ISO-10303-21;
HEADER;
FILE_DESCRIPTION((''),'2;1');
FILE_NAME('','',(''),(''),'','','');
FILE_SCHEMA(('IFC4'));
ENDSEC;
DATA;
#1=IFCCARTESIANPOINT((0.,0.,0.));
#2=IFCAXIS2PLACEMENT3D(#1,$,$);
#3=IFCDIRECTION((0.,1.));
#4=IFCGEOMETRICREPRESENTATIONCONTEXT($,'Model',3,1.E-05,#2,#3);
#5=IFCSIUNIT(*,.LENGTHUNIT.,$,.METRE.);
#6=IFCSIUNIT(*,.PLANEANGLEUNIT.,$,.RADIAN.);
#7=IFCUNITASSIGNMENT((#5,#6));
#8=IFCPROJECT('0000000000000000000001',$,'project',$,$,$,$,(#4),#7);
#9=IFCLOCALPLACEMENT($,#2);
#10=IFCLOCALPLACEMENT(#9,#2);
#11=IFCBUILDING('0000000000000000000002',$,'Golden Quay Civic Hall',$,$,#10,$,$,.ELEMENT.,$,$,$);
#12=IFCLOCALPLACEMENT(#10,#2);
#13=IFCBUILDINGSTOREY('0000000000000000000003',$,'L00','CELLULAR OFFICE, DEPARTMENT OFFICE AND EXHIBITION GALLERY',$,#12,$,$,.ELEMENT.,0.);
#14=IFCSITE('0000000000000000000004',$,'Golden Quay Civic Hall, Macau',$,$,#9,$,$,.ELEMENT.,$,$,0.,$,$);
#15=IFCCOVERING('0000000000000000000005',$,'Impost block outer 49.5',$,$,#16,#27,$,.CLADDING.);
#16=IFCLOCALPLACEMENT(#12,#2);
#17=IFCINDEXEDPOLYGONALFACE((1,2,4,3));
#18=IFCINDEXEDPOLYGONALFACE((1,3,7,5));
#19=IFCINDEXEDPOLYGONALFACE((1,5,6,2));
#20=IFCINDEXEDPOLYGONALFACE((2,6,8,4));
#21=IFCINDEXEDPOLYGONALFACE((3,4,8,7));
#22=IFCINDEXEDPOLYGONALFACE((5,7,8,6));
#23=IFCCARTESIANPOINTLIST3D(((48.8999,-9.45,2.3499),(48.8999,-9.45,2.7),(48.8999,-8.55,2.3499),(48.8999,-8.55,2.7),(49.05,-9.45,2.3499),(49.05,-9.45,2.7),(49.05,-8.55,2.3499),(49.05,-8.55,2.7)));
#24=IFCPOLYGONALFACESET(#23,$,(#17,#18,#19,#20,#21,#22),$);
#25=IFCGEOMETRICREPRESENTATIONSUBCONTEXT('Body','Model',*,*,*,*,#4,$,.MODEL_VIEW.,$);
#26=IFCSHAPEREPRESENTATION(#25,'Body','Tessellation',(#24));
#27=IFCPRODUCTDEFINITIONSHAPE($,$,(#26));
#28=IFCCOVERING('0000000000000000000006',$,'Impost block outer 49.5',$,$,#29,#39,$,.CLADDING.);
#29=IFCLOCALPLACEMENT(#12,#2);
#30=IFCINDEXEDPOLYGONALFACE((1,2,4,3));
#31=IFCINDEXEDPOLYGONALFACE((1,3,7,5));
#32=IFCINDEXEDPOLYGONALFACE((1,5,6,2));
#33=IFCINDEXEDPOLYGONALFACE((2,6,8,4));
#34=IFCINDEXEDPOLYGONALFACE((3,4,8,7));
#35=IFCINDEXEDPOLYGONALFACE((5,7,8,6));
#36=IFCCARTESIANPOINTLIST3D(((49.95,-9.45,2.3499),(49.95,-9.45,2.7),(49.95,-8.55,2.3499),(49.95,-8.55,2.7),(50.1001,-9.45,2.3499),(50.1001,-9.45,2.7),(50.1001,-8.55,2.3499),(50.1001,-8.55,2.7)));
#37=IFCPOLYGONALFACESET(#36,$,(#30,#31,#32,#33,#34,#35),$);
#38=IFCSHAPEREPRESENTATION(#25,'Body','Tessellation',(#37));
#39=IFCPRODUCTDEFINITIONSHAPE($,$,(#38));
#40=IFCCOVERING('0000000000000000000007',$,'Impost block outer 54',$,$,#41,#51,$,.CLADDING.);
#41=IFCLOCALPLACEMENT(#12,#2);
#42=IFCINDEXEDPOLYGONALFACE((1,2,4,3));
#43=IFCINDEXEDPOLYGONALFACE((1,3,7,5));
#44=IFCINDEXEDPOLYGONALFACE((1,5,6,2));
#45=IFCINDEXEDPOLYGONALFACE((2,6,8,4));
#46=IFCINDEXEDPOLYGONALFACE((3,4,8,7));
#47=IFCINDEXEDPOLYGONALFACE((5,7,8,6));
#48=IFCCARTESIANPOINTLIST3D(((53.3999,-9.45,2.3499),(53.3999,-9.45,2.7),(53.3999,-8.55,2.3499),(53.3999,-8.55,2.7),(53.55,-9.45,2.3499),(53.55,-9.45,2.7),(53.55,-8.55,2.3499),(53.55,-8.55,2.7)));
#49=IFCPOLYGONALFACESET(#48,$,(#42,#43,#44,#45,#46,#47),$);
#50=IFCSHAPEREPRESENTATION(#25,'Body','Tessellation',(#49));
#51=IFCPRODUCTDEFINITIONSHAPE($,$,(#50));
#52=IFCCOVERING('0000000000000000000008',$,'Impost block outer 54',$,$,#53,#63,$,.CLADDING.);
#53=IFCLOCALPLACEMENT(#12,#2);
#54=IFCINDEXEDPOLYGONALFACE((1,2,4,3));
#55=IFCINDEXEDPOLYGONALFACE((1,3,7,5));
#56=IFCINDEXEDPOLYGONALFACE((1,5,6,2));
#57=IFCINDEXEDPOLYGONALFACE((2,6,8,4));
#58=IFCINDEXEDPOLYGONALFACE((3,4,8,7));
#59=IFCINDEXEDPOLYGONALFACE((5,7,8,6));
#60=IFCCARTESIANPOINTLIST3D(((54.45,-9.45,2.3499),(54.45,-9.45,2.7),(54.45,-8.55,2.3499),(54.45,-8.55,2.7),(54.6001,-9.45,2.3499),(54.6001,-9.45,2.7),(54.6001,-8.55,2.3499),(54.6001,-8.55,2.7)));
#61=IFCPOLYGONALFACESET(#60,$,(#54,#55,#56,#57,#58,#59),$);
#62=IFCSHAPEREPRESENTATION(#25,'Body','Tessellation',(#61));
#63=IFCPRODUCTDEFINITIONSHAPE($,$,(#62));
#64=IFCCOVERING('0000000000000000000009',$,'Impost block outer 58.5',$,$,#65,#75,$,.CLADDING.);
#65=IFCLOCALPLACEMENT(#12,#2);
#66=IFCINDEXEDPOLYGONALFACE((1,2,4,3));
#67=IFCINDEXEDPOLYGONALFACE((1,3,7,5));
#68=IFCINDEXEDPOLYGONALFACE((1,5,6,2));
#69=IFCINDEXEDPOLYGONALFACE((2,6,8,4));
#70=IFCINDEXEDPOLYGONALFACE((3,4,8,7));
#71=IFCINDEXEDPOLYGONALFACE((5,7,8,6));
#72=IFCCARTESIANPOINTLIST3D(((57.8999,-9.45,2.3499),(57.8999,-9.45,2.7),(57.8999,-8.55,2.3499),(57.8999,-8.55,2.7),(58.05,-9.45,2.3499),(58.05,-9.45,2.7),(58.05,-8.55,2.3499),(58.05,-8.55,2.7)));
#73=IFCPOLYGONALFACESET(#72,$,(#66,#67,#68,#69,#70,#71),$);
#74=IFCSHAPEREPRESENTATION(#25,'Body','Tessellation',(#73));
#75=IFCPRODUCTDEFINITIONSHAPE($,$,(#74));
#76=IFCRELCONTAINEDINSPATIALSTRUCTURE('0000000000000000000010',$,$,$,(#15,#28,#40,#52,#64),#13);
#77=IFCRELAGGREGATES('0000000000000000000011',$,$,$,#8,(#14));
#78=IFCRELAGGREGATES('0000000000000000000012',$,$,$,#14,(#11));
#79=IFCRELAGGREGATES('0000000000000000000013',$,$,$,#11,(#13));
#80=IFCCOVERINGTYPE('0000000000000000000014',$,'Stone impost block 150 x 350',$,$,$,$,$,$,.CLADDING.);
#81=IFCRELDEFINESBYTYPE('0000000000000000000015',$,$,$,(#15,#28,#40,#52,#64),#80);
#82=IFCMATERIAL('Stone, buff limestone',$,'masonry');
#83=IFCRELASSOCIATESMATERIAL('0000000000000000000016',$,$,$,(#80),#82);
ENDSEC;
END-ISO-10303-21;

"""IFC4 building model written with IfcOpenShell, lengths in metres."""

from ifc_helpers import new_model, si_unit, direction, frame, origin, origin_2d, place, context, subcontext, project, spatial, rectangle, extrude, material, material_profile, profile_set, type_object, element, save


model = new_model("IFC4")

# Units and contexts
model_context = context("Model", 3, precision=1e-05, world=origin(), true_north=direction((0.0, 1.0)))
body_context = subcontext(model_context, "Body", "Model", "MODEL_VIEW")
ifc_project = project(units=[si_unit("LENGTHUNIT", "METRE"), si_unit("PLANEANGLEUNIT", "RADIAN")], contexts=[model_context])

# Site, building, storey
site_placement = place(None, origin())
site = spatial("IfcSite", under=ifc_project, at=site_placement, Name="Golden Quay Civic Hall, Macau", CompositionType="ELEMENT", RefElevation=0.0)
building_placement = place(site_placement, origin())
building = spatial("IfcBuilding", under=site, at=building_placement, Name="Golden Quay Civic Hall", CompositionType="ELEMENT")
storey_placement = place(building_placement, origin())
storey = spatial("IfcBuildingStorey", under=building, at=storey_placement, Name="L00", Description="CELLULAR OFFICE, DEPARTMENT OFFICE AND EXHIBITION GALLERY", CompositionType="ELEMENT", Elevation=0.0)

# Coverings
ifc_material_1 = material(Name="Stone, buff limestone", Category="masonry")
ifc_material_profile_1 = material_profile(ifc_material_1, rectangle(XDim=0.8999, YDim=0.3501, at=origin_2d()), Name="RC 900x350")
ifc_profile_set_1 = profile_set([ifc_material_profile_1], Name="Stone, buff limestone")
covering_type_1 = type_object("IfcCoveringType", Name="Stone impost block 150 x 350", PredefinedType="CLADDING", material=ifc_profile_set_1)
for number, where, z_axis, x_axis, name in (
    (1, (49.05, -9.0, 2.5249), (-1.0, 0.0, 0.0), (0.0, -1.0, 0.0), "Impost block outer 49.5"),
    (2, (49.95, -9.0, 2.5249), (1.0, 0.0, 0.0), (0.0, 1.0, 0.0), "Impost block outer 49.5"),
    (3, (53.55, -9.0, 2.5249), (-1.0, 0.0, 0.0), (0.0, -1.0, 0.0), "Impost block outer 54"),
    (4, (54.45, -9.0, 2.5249), (1.0, 0.0, 0.0), (0.0, 1.0, 0.0), "Impost block outer 54"),
    (5, (58.05, -9.0, 2.5249), (-1.0, 0.0, 0.0), (0.0, -1.0, 0.0), "Impost block outer 58.5"),
):
    element("IfcCovering", number, at=place(storey_placement, frame(where, z_axis=z_axis, x_axis=x_axis)), inside=storey, type_object=covering_type_1, Name=name, PredefinedType="CLADDING", context=body_context, shape_type="SweptSolid", body=[
        extrude(rectangle(XDim=0.8999, YDim=0.3501, at=origin_2d()), origin(), (0.0, 0.0, 1.0), 0.1501),
    ])

save(model, "model.ifc")
